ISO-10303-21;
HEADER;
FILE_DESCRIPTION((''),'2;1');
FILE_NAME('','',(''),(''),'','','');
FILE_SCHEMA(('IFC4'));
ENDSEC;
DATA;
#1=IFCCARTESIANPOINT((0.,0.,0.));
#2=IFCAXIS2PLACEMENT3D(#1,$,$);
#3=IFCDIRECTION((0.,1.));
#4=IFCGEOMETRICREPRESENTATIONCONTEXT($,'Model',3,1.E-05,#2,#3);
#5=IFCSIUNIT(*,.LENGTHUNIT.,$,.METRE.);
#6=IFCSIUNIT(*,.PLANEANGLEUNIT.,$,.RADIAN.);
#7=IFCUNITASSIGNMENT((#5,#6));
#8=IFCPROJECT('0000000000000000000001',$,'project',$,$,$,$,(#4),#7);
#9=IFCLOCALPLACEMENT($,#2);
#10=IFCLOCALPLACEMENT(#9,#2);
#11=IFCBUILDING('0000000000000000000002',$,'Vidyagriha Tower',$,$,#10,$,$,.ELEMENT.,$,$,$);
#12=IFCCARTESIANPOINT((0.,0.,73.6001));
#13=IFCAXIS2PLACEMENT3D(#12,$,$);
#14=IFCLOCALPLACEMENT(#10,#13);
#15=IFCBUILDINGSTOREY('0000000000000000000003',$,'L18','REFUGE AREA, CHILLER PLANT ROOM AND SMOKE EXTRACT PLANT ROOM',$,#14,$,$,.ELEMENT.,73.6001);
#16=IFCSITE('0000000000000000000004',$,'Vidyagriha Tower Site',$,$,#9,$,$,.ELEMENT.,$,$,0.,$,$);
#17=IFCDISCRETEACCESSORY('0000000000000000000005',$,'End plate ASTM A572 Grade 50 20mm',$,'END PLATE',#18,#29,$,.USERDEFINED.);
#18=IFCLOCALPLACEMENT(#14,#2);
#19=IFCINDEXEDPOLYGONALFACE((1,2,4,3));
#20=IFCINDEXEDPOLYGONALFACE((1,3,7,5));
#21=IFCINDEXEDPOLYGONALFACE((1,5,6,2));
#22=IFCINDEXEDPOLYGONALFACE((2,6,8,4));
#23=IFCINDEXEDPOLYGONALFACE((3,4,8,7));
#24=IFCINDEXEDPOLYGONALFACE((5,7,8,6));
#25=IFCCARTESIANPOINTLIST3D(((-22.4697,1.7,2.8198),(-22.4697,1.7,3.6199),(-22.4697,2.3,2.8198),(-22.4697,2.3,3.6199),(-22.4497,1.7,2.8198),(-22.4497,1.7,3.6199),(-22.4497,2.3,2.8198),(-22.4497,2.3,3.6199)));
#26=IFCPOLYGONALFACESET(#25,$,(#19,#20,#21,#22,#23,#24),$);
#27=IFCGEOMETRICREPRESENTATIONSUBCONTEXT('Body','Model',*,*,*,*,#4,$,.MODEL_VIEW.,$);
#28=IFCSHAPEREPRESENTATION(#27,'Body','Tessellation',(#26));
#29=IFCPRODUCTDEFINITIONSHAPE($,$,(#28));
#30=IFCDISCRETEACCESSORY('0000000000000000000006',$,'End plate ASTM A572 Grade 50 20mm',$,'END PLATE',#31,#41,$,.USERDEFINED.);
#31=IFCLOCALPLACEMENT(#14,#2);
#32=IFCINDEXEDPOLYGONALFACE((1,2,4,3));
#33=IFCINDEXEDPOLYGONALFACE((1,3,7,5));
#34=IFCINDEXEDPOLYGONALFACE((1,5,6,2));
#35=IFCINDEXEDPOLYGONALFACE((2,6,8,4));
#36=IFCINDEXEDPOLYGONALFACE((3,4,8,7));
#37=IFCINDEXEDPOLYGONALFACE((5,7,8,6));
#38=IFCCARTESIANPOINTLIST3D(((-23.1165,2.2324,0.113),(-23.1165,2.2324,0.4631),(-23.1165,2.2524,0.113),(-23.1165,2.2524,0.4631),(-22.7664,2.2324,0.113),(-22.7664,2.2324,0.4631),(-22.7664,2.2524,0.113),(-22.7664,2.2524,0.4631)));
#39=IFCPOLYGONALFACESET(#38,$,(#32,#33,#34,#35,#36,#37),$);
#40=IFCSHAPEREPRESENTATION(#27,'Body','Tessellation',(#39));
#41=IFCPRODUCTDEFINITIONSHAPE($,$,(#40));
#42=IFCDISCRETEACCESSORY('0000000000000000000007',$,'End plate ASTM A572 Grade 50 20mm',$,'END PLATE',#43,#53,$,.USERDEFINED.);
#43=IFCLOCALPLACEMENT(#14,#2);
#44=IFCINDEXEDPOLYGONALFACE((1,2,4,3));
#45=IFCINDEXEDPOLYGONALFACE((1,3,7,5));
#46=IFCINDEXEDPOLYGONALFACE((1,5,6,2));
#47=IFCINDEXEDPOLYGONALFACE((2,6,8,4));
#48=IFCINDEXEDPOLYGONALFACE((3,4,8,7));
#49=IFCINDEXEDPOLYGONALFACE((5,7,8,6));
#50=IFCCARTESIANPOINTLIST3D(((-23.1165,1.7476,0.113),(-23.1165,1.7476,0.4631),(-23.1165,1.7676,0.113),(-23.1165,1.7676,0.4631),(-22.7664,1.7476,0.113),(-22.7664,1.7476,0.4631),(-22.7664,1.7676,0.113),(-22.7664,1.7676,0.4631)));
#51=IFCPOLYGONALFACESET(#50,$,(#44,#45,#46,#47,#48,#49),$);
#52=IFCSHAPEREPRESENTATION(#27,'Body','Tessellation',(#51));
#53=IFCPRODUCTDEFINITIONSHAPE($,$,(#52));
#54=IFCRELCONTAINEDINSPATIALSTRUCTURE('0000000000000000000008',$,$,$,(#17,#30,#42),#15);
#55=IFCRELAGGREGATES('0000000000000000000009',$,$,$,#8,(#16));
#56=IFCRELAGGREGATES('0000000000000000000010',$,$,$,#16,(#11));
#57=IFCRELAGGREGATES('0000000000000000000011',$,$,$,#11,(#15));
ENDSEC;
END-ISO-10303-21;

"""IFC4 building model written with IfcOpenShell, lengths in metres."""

from ifc_helpers import new_model, si_unit, direction, frame, origin, origin_2d, place, context, subcontext, project, spatial, rectangle, extrude, element, save


model = new_model("IFC4")

# Units and contexts
model_context = context("Model", 3, precision=1e-05, world=origin(), true_north=direction((0.0, 1.0)))
body_context = subcontext(model_context, "Body", "Model", "MODEL_VIEW")
ifc_project = project(units=[si_unit("LENGTHUNIT", "METRE"), si_unit("PLANEANGLEUNIT", "RADIAN")], contexts=[model_context])

# Site, building, storey
site_placement = place(None, origin())
site = spatial("IfcSite", under=ifc_project, at=site_placement, Name="Vidyagriha Tower Site", CompositionType="ELEMENT", RefElevation=0.0)
building_placement = place(site_placement, origin())
building = spatial("IfcBuilding", under=site, at=building_placement, Name="Vidyagriha Tower", CompositionType="ELEMENT")
storey_placement = place(building_placement, frame((0.0, 0.0, 73.6001)))
storey = spatial("IfcBuildingStorey", under=building, at=storey_placement, Name="L18", Description="REFUGE AREA, CHILLER PLANT ROOM AND SMOKE EXTRACT PLANT ROOM", CompositionType="ELEMENT", Elevation=73.6001)

# Discrete accessories
discrete_accessory_1_placement = place(storey_placement, frame((-22.4597, 2.0, 2.8198)))
element("IfcDiscreteAccessory", 1, at=discrete_accessory_1_placement, inside=storey, Name="End plate ASTM A572 Grade 50 20mm", ObjectType="END PLATE", PredefinedType="USERDEFINED", context=body_context, shape_type="SweptSolid", body=[
    extrude(rectangle(XDim=0.02, YDim=0.6001, at=origin_2d()), origin(), (0.0, 0.0, 1.0), 0.8),
])
for number, where, name in (
    (2, (-22.9414, 2.2424, 0.113), "End plate ASTM A572 Grade 50 20mm"),
    (3, (-22.9414, 1.7576, 0.113), "End plate ASTM A572 Grade 50 20mm"),
):
    element("IfcDiscreteAccessory", number, at=place(storey_placement, frame(where)), inside=storey, Name=name, ObjectType="END PLATE", PredefinedType="USERDEFINED", context=body_context, shape_type="SweptSolid", body=[
        extrude(rectangle(XDim=0.3501, YDim=0.02, at=origin_2d()), origin(), (0.0, 0.0, 1.0), 0.3501),
    ])

save(model, "model.ifc")
